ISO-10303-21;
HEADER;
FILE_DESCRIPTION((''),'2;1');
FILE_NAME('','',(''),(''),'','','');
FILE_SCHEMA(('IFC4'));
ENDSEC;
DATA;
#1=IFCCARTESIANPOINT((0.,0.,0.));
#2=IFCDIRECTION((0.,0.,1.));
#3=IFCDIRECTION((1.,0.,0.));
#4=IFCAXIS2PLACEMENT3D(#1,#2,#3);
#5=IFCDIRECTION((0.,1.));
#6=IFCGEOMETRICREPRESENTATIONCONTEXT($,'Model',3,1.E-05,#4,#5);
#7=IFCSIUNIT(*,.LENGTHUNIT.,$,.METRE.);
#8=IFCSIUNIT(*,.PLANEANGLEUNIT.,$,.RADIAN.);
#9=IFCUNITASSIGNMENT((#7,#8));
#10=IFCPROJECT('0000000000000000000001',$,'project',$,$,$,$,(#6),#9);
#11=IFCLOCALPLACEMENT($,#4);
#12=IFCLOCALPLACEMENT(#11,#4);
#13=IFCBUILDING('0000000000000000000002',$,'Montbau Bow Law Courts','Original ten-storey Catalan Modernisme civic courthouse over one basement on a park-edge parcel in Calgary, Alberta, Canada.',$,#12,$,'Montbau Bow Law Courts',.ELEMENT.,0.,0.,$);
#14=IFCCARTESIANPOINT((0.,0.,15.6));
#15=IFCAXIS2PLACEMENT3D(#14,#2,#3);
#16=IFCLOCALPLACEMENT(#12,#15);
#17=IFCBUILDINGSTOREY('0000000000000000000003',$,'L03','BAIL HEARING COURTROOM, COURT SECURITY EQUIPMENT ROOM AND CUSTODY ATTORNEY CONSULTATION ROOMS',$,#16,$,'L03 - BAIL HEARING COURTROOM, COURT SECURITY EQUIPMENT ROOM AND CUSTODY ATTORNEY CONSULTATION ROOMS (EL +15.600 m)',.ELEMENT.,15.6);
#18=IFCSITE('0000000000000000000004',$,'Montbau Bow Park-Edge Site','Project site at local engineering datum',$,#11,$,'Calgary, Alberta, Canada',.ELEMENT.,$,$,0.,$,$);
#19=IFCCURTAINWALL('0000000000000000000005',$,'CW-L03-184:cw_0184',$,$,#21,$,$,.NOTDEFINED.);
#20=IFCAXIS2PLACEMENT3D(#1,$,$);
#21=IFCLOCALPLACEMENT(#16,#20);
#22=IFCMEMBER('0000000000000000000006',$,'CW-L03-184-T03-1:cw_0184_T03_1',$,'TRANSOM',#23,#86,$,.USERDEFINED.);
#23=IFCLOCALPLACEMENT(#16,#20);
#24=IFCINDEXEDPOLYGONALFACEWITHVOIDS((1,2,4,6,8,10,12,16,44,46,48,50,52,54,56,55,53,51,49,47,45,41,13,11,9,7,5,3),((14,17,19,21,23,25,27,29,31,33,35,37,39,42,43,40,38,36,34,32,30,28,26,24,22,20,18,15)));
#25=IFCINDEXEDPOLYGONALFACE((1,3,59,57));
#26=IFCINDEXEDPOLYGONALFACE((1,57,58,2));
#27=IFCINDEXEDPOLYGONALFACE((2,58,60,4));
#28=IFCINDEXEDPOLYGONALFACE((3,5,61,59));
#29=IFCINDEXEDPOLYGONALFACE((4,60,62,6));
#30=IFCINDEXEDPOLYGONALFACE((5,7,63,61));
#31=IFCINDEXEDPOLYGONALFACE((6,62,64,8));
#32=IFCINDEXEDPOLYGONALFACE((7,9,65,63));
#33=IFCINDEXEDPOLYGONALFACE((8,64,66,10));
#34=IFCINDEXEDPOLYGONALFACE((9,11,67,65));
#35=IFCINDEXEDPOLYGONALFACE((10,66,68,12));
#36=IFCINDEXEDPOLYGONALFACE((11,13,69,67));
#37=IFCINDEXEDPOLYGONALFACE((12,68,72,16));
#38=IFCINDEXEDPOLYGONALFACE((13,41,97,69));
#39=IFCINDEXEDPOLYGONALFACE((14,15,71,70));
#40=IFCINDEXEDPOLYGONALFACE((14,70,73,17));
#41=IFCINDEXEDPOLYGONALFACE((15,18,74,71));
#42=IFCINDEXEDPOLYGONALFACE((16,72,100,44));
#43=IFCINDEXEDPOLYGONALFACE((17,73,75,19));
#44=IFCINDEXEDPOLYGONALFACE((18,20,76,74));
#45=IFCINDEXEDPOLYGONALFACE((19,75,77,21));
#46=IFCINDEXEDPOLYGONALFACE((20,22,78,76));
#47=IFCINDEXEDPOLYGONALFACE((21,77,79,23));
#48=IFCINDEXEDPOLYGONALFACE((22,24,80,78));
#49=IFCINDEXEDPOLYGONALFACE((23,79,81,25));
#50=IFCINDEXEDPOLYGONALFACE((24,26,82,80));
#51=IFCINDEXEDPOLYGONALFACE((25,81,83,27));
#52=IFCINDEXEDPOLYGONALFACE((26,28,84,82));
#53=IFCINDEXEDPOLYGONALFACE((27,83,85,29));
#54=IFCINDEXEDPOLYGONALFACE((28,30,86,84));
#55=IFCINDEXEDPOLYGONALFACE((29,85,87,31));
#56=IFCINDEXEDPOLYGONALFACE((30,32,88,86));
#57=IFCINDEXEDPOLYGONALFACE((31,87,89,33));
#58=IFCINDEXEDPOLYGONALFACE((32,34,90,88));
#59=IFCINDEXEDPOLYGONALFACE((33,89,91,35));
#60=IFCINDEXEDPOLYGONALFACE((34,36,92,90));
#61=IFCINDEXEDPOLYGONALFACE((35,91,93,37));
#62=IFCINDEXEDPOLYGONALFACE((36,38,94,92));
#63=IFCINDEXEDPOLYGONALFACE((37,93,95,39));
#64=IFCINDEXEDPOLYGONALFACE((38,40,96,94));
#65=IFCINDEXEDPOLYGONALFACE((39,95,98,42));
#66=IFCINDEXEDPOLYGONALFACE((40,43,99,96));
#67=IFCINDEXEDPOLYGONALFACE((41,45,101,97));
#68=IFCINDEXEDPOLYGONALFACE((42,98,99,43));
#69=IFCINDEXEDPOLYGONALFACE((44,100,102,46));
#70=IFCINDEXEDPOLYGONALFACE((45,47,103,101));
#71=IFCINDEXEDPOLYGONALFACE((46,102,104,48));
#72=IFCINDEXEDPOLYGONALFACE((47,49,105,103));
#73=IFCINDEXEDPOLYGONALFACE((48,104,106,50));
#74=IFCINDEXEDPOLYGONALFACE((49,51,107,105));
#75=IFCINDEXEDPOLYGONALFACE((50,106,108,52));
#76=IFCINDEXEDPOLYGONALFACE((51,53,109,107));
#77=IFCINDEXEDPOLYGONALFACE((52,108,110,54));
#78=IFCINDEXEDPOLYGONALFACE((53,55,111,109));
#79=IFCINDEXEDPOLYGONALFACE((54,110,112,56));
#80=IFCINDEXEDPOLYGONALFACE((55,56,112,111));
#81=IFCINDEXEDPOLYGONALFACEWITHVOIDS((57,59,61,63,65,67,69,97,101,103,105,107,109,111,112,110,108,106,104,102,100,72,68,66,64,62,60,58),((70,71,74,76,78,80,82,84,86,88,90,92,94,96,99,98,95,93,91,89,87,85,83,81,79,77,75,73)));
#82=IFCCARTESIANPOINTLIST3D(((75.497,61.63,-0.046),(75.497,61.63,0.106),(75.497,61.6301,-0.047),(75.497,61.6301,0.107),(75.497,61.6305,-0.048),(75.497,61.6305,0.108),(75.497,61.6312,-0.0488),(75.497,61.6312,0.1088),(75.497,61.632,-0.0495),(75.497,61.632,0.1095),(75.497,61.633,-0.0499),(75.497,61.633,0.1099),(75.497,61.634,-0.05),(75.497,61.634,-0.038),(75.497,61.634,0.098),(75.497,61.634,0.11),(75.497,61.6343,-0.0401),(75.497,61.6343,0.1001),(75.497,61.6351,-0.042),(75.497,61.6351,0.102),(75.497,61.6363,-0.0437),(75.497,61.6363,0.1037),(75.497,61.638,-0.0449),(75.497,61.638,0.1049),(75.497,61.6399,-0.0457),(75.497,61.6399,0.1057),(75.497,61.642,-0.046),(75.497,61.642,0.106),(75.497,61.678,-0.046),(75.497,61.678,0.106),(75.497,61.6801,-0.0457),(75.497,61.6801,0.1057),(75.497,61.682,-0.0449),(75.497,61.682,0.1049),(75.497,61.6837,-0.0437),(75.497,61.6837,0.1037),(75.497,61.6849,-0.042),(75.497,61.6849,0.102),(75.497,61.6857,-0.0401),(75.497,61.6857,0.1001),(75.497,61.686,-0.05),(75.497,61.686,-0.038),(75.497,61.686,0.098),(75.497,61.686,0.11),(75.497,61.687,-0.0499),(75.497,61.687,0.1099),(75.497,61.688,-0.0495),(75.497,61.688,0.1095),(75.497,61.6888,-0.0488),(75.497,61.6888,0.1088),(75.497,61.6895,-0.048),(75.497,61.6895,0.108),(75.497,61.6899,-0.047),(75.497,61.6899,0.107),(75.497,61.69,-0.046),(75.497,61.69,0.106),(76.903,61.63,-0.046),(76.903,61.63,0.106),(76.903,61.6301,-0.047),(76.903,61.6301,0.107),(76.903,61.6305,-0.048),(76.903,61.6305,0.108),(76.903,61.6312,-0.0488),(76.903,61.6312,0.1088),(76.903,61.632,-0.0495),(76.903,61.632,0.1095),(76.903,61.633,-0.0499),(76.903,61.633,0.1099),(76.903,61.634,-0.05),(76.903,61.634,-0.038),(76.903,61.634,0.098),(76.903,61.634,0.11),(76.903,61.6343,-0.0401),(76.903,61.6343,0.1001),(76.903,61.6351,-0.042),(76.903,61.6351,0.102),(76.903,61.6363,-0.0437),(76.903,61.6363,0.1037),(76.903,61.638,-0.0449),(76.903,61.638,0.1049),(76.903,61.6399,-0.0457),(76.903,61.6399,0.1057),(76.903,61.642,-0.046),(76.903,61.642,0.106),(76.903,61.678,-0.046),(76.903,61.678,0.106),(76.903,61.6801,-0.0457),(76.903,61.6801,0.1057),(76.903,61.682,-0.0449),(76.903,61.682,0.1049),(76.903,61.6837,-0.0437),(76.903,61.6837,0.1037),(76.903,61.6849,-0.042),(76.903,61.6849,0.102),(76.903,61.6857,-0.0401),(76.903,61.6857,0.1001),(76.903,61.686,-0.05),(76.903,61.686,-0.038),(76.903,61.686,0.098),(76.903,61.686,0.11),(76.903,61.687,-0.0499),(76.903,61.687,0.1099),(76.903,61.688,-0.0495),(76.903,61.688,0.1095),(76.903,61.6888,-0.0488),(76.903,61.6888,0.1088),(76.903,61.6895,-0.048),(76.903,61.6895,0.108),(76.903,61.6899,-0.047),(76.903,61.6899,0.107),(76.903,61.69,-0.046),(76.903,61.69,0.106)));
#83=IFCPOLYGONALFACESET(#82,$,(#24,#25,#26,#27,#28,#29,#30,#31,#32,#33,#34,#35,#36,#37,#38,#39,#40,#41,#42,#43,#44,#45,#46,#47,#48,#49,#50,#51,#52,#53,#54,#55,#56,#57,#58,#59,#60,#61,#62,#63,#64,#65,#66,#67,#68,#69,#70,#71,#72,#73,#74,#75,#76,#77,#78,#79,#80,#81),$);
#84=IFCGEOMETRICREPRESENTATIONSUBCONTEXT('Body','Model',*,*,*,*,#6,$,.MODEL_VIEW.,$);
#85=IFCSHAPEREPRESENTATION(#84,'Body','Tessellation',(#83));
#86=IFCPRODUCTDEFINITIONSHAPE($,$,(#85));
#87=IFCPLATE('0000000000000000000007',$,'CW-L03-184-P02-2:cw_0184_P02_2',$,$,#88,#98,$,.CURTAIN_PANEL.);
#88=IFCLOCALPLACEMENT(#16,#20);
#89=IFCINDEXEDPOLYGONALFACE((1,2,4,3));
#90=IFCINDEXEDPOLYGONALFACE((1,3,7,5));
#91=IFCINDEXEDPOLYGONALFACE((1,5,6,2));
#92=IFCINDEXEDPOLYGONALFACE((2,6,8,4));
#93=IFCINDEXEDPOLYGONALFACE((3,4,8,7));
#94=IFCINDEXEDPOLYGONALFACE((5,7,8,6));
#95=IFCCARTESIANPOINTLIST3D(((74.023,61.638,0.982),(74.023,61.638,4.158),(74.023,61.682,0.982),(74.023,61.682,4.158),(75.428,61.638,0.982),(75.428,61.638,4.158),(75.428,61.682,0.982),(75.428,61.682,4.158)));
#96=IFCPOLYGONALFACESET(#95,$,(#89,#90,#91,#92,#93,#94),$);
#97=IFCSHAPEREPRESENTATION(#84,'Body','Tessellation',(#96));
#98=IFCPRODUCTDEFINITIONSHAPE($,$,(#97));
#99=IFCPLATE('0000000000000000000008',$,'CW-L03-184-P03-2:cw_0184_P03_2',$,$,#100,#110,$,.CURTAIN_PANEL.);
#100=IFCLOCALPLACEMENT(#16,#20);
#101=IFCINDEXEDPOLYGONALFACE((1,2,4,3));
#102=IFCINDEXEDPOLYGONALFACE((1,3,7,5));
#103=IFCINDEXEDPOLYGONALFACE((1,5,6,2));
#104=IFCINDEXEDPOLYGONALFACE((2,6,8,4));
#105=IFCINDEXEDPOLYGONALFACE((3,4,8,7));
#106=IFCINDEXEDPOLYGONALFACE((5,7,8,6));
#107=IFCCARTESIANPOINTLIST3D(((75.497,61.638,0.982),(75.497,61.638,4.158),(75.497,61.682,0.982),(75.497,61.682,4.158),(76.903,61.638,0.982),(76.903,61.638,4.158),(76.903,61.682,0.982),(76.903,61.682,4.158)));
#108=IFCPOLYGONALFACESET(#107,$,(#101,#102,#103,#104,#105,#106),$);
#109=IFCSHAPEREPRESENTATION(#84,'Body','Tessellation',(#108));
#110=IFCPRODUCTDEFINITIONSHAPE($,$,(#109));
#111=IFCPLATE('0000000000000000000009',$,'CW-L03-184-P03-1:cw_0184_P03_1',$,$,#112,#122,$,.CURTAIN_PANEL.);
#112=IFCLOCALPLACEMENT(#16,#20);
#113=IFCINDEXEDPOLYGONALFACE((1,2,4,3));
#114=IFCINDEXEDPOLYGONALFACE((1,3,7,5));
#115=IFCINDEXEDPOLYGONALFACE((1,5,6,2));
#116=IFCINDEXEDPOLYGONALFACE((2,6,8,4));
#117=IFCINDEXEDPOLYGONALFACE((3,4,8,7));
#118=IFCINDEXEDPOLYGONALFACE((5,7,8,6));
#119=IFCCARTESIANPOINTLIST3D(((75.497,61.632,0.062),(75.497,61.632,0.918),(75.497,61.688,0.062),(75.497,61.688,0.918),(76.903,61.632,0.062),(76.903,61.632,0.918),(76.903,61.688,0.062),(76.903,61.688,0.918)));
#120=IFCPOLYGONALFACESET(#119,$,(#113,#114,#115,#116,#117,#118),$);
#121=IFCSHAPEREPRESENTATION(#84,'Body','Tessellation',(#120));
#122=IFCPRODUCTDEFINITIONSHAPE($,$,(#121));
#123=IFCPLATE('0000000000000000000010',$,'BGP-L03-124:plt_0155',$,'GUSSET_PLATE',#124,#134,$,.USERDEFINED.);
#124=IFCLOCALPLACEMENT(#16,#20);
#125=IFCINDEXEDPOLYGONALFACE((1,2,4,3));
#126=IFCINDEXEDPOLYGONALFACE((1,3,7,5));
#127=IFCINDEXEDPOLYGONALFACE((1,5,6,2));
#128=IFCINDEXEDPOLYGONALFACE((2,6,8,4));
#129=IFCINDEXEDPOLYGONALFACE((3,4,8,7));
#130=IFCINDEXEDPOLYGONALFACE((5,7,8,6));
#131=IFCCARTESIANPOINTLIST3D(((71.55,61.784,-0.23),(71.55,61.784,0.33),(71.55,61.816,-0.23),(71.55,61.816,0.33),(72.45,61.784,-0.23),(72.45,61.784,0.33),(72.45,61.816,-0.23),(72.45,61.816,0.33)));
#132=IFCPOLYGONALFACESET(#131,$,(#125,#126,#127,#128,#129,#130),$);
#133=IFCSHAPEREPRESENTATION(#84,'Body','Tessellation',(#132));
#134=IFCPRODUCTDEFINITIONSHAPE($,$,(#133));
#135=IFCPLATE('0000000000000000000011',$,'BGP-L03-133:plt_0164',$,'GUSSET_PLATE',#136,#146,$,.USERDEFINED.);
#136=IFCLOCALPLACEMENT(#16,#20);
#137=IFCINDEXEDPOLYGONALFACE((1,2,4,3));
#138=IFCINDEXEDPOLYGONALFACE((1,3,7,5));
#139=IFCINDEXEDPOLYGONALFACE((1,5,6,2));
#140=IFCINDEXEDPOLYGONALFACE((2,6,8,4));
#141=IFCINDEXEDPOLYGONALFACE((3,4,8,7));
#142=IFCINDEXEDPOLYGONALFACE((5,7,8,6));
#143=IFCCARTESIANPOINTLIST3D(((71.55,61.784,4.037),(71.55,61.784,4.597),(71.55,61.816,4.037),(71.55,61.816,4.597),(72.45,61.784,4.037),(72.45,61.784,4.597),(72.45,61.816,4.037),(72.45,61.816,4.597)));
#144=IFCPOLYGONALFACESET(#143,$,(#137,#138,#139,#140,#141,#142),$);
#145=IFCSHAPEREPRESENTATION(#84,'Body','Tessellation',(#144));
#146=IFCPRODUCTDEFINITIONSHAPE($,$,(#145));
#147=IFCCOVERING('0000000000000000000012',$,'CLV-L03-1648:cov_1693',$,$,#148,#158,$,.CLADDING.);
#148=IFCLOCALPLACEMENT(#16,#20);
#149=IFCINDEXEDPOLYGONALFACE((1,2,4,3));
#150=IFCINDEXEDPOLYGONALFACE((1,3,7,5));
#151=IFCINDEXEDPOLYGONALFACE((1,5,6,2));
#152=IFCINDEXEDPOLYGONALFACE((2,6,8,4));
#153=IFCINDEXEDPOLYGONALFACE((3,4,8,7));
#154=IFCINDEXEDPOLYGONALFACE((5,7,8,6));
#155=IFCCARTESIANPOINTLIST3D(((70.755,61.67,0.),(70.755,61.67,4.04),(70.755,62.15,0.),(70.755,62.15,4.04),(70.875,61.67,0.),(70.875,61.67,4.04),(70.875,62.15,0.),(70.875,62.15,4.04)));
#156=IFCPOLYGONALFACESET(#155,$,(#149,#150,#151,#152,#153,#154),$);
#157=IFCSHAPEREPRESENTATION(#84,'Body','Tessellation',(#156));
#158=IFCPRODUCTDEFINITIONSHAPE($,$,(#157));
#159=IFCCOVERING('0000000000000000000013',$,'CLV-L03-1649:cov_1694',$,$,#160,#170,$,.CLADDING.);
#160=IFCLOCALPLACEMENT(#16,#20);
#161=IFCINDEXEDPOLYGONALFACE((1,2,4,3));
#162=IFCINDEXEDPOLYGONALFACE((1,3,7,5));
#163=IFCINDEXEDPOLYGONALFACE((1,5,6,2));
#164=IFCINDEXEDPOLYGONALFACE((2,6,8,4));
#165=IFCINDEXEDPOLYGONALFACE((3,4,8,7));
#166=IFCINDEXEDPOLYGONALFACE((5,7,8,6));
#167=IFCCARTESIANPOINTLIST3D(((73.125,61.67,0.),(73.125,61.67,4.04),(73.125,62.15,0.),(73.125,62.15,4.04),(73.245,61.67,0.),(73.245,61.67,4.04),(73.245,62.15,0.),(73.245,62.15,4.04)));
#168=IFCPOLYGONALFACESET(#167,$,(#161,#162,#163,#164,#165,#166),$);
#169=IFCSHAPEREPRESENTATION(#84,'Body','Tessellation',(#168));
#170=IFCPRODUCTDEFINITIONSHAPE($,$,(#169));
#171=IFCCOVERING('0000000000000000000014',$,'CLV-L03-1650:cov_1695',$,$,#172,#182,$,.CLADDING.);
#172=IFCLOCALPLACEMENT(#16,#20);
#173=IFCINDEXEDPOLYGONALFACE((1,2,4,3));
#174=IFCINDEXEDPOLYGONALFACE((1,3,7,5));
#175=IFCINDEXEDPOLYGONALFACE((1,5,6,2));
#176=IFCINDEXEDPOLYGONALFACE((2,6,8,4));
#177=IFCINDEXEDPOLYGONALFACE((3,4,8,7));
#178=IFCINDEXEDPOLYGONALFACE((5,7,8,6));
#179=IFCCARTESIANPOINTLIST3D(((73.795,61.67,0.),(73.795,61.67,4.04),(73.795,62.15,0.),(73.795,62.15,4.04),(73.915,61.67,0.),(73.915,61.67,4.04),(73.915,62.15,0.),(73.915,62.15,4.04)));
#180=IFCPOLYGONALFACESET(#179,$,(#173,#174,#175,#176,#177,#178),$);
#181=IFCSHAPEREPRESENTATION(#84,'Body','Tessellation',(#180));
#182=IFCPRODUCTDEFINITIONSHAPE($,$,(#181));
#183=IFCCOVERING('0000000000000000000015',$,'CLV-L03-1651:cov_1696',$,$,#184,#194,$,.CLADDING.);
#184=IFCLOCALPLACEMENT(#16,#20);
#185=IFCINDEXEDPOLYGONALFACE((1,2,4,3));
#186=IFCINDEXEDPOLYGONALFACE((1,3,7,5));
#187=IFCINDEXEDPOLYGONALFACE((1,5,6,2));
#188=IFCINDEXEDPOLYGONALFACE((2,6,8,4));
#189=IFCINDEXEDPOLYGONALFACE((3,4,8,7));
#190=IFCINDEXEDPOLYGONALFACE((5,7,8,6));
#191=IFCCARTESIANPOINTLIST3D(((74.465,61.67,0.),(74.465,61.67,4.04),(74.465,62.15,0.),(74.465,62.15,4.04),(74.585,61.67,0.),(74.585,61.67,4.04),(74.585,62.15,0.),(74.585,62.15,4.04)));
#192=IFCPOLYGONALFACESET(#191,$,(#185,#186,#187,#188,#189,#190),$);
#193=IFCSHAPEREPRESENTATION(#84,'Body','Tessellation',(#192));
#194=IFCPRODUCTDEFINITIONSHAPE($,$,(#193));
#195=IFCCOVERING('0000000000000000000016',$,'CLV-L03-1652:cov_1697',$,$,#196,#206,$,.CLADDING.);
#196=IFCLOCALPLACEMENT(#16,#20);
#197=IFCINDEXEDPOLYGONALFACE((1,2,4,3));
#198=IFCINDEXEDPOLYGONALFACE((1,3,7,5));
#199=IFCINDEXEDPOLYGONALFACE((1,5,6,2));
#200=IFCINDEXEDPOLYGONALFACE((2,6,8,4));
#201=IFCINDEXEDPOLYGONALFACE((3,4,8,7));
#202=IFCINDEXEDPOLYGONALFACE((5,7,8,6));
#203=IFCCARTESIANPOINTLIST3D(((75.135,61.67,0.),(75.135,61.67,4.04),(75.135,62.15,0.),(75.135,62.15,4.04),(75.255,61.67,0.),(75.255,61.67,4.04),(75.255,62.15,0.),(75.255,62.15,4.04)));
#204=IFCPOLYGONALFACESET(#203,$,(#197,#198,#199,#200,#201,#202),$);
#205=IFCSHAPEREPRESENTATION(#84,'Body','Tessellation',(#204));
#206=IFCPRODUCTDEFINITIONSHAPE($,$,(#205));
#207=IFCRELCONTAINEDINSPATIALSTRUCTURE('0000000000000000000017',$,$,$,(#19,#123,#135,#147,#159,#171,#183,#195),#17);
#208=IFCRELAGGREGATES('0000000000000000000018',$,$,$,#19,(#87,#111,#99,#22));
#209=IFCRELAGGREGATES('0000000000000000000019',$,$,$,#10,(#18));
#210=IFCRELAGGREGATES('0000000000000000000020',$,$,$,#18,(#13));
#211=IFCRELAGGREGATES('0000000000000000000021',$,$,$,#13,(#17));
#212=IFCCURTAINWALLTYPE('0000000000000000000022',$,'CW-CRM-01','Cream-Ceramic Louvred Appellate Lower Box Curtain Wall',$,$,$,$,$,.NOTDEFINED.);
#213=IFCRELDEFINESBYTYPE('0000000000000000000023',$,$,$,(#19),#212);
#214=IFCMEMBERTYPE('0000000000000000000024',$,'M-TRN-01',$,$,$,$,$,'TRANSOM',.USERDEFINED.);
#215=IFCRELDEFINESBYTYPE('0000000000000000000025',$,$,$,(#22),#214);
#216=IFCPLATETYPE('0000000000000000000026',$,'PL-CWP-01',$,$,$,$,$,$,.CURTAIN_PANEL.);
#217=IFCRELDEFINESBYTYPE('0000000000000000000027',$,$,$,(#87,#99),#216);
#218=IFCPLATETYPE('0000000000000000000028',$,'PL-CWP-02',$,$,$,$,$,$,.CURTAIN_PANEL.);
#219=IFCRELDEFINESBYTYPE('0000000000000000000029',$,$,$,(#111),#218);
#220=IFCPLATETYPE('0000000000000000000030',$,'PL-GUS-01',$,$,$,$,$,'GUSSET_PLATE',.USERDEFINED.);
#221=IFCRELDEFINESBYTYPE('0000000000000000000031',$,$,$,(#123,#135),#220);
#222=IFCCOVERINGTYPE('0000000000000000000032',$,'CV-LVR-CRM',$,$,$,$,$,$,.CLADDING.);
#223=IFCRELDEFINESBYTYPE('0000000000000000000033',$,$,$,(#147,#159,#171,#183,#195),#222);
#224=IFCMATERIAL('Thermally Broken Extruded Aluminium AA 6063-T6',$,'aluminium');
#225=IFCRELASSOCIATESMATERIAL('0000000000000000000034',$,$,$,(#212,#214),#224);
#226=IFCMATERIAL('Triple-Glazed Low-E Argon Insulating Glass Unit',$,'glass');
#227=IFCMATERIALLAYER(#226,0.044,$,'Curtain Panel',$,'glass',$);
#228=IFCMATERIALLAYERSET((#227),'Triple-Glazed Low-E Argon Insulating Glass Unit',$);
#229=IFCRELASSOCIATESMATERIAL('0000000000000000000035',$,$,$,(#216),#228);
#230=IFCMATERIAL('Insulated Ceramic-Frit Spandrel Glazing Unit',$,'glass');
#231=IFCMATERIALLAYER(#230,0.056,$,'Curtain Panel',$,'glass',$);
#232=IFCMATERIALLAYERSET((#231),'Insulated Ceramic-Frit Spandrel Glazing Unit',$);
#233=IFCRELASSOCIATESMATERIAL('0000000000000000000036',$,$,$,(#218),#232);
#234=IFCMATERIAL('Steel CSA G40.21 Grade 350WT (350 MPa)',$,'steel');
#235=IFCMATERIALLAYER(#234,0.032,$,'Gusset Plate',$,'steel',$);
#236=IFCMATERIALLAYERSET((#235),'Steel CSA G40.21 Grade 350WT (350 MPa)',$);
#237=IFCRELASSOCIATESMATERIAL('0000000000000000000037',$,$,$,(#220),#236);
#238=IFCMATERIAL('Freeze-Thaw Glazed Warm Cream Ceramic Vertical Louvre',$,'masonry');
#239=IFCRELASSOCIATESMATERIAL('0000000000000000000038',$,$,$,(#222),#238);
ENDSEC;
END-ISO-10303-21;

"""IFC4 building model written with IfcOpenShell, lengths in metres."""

from ifc_helpers import new_model, si_unit, direction, frame, frame_2d, origin_with_axes, origin_2d_with_axis, place, context, subcontext, project, spatial, rectangle, hollow_rectangle, extrude, material, layer, layer_set, material_profile, profile_set, type_object, element, aggregate, save


model = new_model("IFC4")

# Units and contexts
model_context = context("Model", 3, precision=1e-05, world=origin_with_axes(), true_north=direction((0.0, 1.0)))
body_context = subcontext(model_context, "Body", "Model", "MODEL_VIEW")
ifc_project = project(units=[si_unit("LENGTHUNIT", "METRE"), si_unit("PLANEANGLEUNIT", "RADIAN")], contexts=[model_context])

# Site, building, storey
site_placement = place(None, origin_with_axes())
site = spatial("IfcSite", under=ifc_project, at=site_placement, Name="Montbau Bow Park-Edge Site", Description="Project site at local engineering datum", LongName="Calgary, Alberta, Canada", CompositionType="ELEMENT", RefElevation=0.0)
building_placement = place(site_placement, origin_with_axes())
building = spatial("IfcBuilding", under=site, at=building_placement, Name="Montbau Bow Law Courts", Description="Original ten-storey Catalan Modernisme civic courthouse over one basement on a park-edge parcel in Calgary, Alberta, Canada.", LongName="Montbau Bow Law Courts", CompositionType="ELEMENT", ElevationOfRefHeight=0.0, ElevationOfTerrain=0.0)
storey_placement = place(building_placement, frame((0.0, 0.0, 15.6), z_axis=(0.0, 0.0, 1.0), x_axis=(1.0, 0.0, 0.0)))
storey = spatial("IfcBuildingStorey", under=building, at=storey_placement, Name="L03", Description="BAIL HEARING COURTROOM, COURT SECURITY EQUIPMENT ROOM AND CUSTODY ATTORNEY CONSULTATION ROOMS", LongName="L03 - BAIL HEARING COURTROOM, COURT SECURITY EQUIPMENT ROOM AND CUSTODY ATTORNEY CONSULTATION ROOMS (EL +15.600 m)", CompositionType="ELEMENT", Elevation=15.6)

# Shared definitions
ifc_material_1 = material(Name="Steel CSA G40.21 Grade 350WT (350 MPa)", Category="steel")

# Curtain wall, member, plates
ifc_material_2 = material(Name="Thermally Broken Extruded Aluminium AA 6063-T6", Category="aluminium")
curtain_wall_type = type_object("IfcCurtainWallType", Name="CW-CRM-01", Description="Cream-Ceramic Louvred Appellate Lower Box Curtain Wall", PredefinedType="NOTDEFINED", material=ifc_material_2)
curtain_wall_placement = place(None, frame((72.515, 61.66, 15.6), z_axis=(0.0, 0.0, 1.0), x_axis=(1.0, 0.0, 0.0)))
curtain_wall = element("IfcCurtainWall", 1, at=curtain_wall_placement, inside=storey, type_object=curtain_wall_type, Name="CW-L03-184:cw_0184", PredefinedType="NOTDEFINED")
ifc_material_profile_1 = material_profile(ifc_material_2, hollow_rectangle(XDim=0.06, YDim=0.16, WallThickness=0.004, InnerFilletRadius=0.008, OuterFilletRadius=0.004, at=origin_2d_with_axis()), Name="CWT-160X60", Category="Main", Priority=0)
ifc_profile_set_1 = profile_set([ifc_material_profile_1], Name="Thermally Broken Extruded Aluminium AA 6063-T6")
member_type_1 = type_object("IfcMemberType", Name="M-TRN-01", ElementType="TRANSOM", PredefinedType="USERDEFINED", material=ifc_profile_set_1)
member_1_placement = place(None, frame((75.497, 61.66, 15.63), z_axis=(1.0, 0.0, 0.0), x_axis=(0.0, 1.0, 0.0)))
member_1 = element("IfcMember", 2, at=member_1_placement, type_object=member_type_1, Name="CW-L03-184-T03-1:cw_0184_T03_1", ObjectType="TRANSOM", PredefinedType="USERDEFINED", context=body_context, shape_type="SweptSolid", body=[
    extrude(hollow_rectangle(XDim=0.06, YDim=0.16, WallThickness=0.004, InnerFilletRadius=0.008, OuterFilletRadius=0.004, at=origin_2d_with_axis()), origin_with_axes(), (0.0, 0.0, 1.0), 1.406),
])
ifc_material_3 = material(Name="Triple-Glazed Low-E Argon Insulating Glass Unit", Category="glass")
ifc_layer_1 = layer(ifc_material_3, 0.044, Name="Curtain Panel", Category="glass")
ifc_layer_set_1 = layer_set([ifc_layer_1], Name="Triple-Glazed Low-E Argon Insulating Glass Unit")
plate_type_1 = type_object("IfcPlateType", Name="PL-CWP-01", PredefinedType="CURTAIN_PANEL", material=ifc_layer_set_1)
plate_1_placement = place(None, frame((74.023, 61.66, 16.582), z_axis=(0.0, -1.0, 0.0), x_axis=(1.0, 0.0, 0.0)))
plate_1 = element("IfcPlate", 3, at=plate_1_placement, type_object=plate_type_1, Name="CW-L03-184-P02-2:cw_0184_P02_2", PredefinedType="CURTAIN_PANEL", context=body_context, shape_type="SweptSolid", body=[
    extrude(rectangle(XDim=1.405, YDim=3.176, at=frame_2d((0.7025, 1.588), x_axis=(1.0, 0.0))), frame((0.0, 0.0, -0.022), z_axis=(0.0, 0.0, 1.0), x_axis=(1.0, 0.0, 0.0)), (0.0, 0.0, 1.0), 0.044),
])
plate_2_placement = place(None, frame((75.497, 61.66, 16.582), z_axis=(0.0, -1.0, 0.0), x_axis=(1.0, 0.0, 0.0)))
plate_2 = element("IfcPlate", 4, at=plate_2_placement, type_object=plate_type_1, Name="CW-L03-184-P03-2:cw_0184_P03_2", PredefinedType="CURTAIN_PANEL", context=body_context, shape_type="SweptSolid", body=[
    extrude(rectangle(XDim=1.406, YDim=3.176, at=frame_2d((0.703, 1.588), x_axis=(1.0, 0.0))), frame((0.0, 0.0, -0.022), z_axis=(0.0, 0.0, 1.0), x_axis=(1.0, 0.0, 0.0)), (0.0, 0.0, 1.0), 0.044),
])
ifc_material_4 = material(Name="Insulated Ceramic-Frit Spandrel Glazing Unit", Category="glass")
ifc_layer_2 = layer(ifc_material_4, 0.056, Name="Curtain Panel", Category="glass")
ifc_layer_set_2 = layer_set([ifc_layer_2], Name="Insulated Ceramic-Frit Spandrel Glazing Unit")
plate_type_2 = type_object("IfcPlateType", Name="PL-CWP-02", PredefinedType="CURTAIN_PANEL", material=ifc_layer_set_2)
plate_3_placement = place(None, frame((75.497, 61.66, 15.662), z_axis=(0.0, -1.0, 0.0), x_axis=(1.0, 0.0, 0.0)))
plate_3 = element("IfcPlate", 5, at=plate_3_placement, type_object=plate_type_2, Name="CW-L03-184-P03-1:cw_0184_P03_1", PredefinedType="CURTAIN_PANEL", context=body_context, shape_type="SweptSolid", body=[
    extrude(rectangle(XDim=1.406, YDim=0.856, at=frame_2d((0.703, 0.428), x_axis=(1.0, 0.0))), frame((0.0, 0.0, -0.028), z_axis=(0.0, 0.0, 1.0), x_axis=(1.0, 0.0, 0.0)), (0.0, 0.0, 1.0), 0.056),
])
aggregate(curtain_wall, [plate_1, plate_3, plate_2, member_1])

# Plates
ifc_layer_3 = layer(ifc_material_1, 0.032, Name="Gusset Plate", Category="steel")
ifc_layer_set_3 = layer_set([ifc_layer_3], Name="Steel CSA G40.21 Grade 350WT (350 MPa)")
plate_type_3 = type_object("IfcPlateType", Name="PL-GUS-01", ElementType="GUSSET_PLATE", PredefinedType="USERDEFINED", material=ifc_layer_set_3)
for number, where, z_axis, x_axis, name in (
    (6, (72.0, 61.8, 15.37), (0.0, 0.0, 1.0), (1.0, 0.0, 0.0), "BGP-L03-124:plt_0155"),
    (7, (72.0, 61.8, 19.637), (0.0, 0.0, 1.0), (1.0, 0.0, 0.0), "BGP-L03-133:plt_0164"),
):
    element("IfcPlate", number, at=place(None, frame(where, z_axis=z_axis, x_axis=x_axis)), inside=storey, type_object=plate_type_3, Name=name, ObjectType="GUSSET_PLATE", PredefinedType="USERDEFINED", context=body_context, shape_type="SweptSolid", body=[
        extrude(rectangle(XDim=0.9, YDim=0.032, at=origin_2d_with_axis()), origin_with_axes(), (0.0, 0.0, 1.0), 0.56),
    ])

# Coverings
ifc_material_5 = material(Name="Freeze-Thaw Glazed Warm Cream Ceramic Vertical Louvre", Category="masonry")
covering_type = type_object("IfcCoveringType", Name="CV-LVR-CRM", PredefinedType="CLADDING", material=ifc_material_5)
for number, where, z_axis, x_axis, name in (
    (8, (70.815, 61.67, 15.6), (1.0, 0.0, 0.0), (0.0, 1.0, 0.0), "CLV-L03-1648:cov_1693"),
    (9, (73.185, 61.67, 15.6), (1.0, 0.0, 0.0), (0.0, 1.0, 0.0), "CLV-L03-1649:cov_1694"),
    (10, (73.855, 61.67, 15.6), (1.0, 0.0, 0.0), (0.0, 1.0, 0.0), "CLV-L03-1650:cov_1695"),
    (11, (74.525, 61.67, 15.6), (1.0, 0.0, 0.0), (0.0, 1.0, 0.0), "CLV-L03-1651:cov_1696"),
    (12, (75.195, 61.67, 15.6), (1.0, 0.0, 0.0), (0.0, 1.0, 0.0), "CLV-L03-1652:cov_1697"),
):
    element("IfcCovering", number, at=place(None, frame(where, z_axis=z_axis, x_axis=x_axis)), inside=storey, type_object=covering_type, Name=name, PredefinedType="CLADDING", context=body_context, shape_type="SweptSolid", body=[
        extrude(rectangle(XDim=0.48, YDim=4.04, at=frame_2d((0.24, 2.02), x_axis=(1.0, 0.0))), frame((0.0, 0.0, -0.06), z_axis=(0.0, 0.0, 1.0), x_axis=(1.0, 0.0, 0.0)), (0.0, 0.0, 1.0), 0.12),
    ])

save(model, "model.ifc")
